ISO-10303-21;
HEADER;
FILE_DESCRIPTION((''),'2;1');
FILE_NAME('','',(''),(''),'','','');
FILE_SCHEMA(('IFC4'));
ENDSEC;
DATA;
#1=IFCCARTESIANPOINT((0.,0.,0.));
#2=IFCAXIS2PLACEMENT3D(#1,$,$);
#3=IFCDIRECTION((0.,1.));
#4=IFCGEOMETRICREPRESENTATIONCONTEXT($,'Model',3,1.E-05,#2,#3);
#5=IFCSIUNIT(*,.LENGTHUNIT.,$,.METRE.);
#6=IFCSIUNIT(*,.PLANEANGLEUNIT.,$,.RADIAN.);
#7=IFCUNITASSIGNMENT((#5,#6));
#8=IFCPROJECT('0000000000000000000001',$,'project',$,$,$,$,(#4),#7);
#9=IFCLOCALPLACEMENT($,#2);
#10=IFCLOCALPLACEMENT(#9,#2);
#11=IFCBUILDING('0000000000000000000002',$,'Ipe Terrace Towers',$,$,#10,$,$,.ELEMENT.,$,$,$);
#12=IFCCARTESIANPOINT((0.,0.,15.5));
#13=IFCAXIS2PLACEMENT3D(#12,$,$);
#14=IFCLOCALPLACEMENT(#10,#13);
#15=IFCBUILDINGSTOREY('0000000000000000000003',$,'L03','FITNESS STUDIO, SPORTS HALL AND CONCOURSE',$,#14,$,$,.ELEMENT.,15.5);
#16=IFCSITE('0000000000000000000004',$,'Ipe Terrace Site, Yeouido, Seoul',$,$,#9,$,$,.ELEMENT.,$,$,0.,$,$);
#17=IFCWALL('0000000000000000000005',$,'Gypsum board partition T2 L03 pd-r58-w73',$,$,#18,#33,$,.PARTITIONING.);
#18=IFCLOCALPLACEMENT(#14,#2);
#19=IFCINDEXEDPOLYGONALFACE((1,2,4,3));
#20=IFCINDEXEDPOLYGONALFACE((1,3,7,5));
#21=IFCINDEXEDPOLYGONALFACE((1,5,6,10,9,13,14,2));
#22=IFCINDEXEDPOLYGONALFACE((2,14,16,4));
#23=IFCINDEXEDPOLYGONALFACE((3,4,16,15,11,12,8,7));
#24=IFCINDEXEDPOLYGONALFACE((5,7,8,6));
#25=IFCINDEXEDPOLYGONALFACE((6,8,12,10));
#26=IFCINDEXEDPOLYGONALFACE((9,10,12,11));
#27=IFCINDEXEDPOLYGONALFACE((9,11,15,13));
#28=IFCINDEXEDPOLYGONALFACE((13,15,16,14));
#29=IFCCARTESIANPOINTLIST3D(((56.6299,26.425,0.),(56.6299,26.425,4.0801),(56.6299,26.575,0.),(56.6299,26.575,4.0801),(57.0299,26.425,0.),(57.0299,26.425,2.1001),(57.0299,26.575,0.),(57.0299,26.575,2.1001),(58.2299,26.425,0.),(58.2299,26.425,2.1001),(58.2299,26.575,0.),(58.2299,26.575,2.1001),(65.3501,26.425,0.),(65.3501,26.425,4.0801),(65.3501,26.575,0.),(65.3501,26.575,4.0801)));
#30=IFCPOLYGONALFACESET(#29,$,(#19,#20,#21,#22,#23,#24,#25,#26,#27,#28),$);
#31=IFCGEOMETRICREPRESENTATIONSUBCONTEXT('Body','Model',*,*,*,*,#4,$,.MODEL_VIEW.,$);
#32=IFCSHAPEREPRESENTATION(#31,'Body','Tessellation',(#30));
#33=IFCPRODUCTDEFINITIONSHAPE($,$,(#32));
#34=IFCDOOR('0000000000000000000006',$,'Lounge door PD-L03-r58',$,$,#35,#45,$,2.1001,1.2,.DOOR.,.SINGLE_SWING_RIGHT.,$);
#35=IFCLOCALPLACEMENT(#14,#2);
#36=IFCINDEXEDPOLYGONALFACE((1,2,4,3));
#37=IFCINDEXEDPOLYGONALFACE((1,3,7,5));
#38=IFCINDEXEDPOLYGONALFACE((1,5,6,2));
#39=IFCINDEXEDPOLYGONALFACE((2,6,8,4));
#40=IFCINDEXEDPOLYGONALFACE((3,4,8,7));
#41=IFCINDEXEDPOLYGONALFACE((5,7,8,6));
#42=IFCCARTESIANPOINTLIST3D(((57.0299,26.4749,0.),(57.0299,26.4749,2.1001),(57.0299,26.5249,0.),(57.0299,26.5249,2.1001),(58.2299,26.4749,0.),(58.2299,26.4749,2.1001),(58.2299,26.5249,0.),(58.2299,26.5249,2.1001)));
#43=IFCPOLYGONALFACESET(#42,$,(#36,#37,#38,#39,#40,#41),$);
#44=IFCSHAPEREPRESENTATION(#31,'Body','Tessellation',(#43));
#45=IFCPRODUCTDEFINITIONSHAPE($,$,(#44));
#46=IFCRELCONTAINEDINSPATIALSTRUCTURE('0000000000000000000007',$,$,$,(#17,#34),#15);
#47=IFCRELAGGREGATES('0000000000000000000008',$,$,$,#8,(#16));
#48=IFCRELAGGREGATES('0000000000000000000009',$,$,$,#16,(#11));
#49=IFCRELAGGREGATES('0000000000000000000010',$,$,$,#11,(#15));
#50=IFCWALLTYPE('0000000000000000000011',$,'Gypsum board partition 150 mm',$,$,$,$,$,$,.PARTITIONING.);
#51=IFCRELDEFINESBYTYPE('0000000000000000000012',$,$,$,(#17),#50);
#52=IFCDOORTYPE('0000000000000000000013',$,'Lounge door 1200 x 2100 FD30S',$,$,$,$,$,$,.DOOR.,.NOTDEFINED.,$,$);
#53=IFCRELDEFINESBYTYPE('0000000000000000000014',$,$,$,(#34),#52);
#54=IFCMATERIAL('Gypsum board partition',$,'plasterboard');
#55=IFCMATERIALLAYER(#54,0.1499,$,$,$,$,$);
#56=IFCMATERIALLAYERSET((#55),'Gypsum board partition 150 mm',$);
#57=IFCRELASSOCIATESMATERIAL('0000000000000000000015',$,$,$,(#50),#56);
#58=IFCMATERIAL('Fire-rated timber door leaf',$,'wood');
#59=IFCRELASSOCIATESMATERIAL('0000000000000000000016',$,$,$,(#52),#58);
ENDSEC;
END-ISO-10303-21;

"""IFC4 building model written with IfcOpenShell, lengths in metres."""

from ifc_helpers import new_model, si_unit, direction, frame, frame_2d, origin, place, context, subcontext, project, spatial, rectangle, extrude, material, layer, layer_set, type_object, element, fill, save


model = new_model("IFC4")

# Units and contexts
model_context = context("Model", 3, precision=1e-05, world=origin(), true_north=direction((0.0, 1.0)))
body_context = subcontext(model_context, "Body", "Model", "MODEL_VIEW")
ifc_project = project(units=[si_unit("LENGTHUNIT", "METRE"), si_unit("PLANEANGLEUNIT", "RADIAN")], contexts=[model_context])

# Site, building, storey
site_placement = place(None, origin())
site = spatial("IfcSite", under=ifc_project, at=site_placement, Name="Ipe Terrace Site, Yeouido, Seoul", CompositionType="ELEMENT", RefElevation=0.0)
building_placement = place(site_placement, origin())
building = spatial("IfcBuilding", under=site, at=building_placement, Name="Ipe Terrace Towers", CompositionType="ELEMENT")
storey_placement = place(building_placement, frame((0.0, 0.0, 15.5)))
storey = spatial("IfcBuildingStorey", under=building, at=storey_placement, Name="L03", Description="FITNESS STUDIO, SPORTS HALL AND CONCOURSE", CompositionType="ELEMENT", Elevation=15.5)

# Shared definitions
ifc_material_1 = material(Name="Gypsum board partition", Category="plasterboard")
ifc_layer_1 = layer(ifc_material_1, 0.1499)
ifc_layer_set_1 = layer_set([ifc_layer_1], Name="Gypsum board partition 150 mm")
wall_type = type_object("IfcWallType", Name="Gypsum board partition 150 mm", PredefinedType="PARTITIONING", material=ifc_layer_set_1)

# Wall, opening, door
wall_1_placement = place(storey_placement, frame((56.6299, 26.5, 0.0), z_axis=(0.0, 0.0, 1.0), x_axis=(1.0, 0.0, 0.0)))
wall_1 = element("IfcWall", 1, at=wall_1_placement, inside=storey, type_object=wall_type, Name="Gypsum board partition T2 L03 pd-r58-w73", PredefinedType="PARTITIONING", context=body_context, shape_type="SweptSolid", body=[
    extrude(rectangle(XDim=8.7202, YDim=0.1499, at=frame_2d((4.3601, 0.0))), origin(), (0.0, 0.0, 1.0), 4.0801),
])
opening_1_placement = place(wall_1_placement, frame((0.3999, 0.0, 0.0)))
opening_1 = element("IfcOpeningElement", 2, at=opening_1_placement, cuts=wall_1, PredefinedType="OPENING", context=body_context, shape_type="SweptSolid", body=[
    extrude(rectangle(XDim=1.2, YDim=2.1001, at=frame_2d((0.6001, 1.05))), frame((0.0, 0.085, 0.0), z_axis=(0.0, -1.0, 0.0), x_axis=(1.0, 0.0, 0.0)), (0.0, 0.0, 1.0), 0.1699),
])
ifc_material_2 = material(Name="Fire-rated timber door leaf", Category="wood")
door_type_1 = type_object("IfcDoorType", Name="Lounge door 1200 x 2100 FD30S", OperationType="NOTDEFINED", PredefinedType="DOOR", material=ifc_material_2)
door_1_placement = place(opening_1_placement, origin())
door_1 = element("IfcDoor", 3, at=door_1_placement, inside=storey, type_object=door_type_1, Name="Lounge door PD-L03-r58", OperationType="SINGLE_SWING_RIGHT", OverallHeight=2.1001, OverallWidth=1.2, PredefinedType="DOOR", context=body_context, shape_type="SweptSolid", body=[
    extrude(rectangle(XDim=1.2, YDim=2.1001, at=frame_2d((0.6001, 1.05))), frame((0.0, 0.0249, 0.0), z_axis=(0.0, -1.0, 0.0), x_axis=(1.0, 0.0, 0.0)), (0.0, 0.0, 1.0), 0.05),
])
fill(opening_1, door_1)

save(model, "model.ifc")
